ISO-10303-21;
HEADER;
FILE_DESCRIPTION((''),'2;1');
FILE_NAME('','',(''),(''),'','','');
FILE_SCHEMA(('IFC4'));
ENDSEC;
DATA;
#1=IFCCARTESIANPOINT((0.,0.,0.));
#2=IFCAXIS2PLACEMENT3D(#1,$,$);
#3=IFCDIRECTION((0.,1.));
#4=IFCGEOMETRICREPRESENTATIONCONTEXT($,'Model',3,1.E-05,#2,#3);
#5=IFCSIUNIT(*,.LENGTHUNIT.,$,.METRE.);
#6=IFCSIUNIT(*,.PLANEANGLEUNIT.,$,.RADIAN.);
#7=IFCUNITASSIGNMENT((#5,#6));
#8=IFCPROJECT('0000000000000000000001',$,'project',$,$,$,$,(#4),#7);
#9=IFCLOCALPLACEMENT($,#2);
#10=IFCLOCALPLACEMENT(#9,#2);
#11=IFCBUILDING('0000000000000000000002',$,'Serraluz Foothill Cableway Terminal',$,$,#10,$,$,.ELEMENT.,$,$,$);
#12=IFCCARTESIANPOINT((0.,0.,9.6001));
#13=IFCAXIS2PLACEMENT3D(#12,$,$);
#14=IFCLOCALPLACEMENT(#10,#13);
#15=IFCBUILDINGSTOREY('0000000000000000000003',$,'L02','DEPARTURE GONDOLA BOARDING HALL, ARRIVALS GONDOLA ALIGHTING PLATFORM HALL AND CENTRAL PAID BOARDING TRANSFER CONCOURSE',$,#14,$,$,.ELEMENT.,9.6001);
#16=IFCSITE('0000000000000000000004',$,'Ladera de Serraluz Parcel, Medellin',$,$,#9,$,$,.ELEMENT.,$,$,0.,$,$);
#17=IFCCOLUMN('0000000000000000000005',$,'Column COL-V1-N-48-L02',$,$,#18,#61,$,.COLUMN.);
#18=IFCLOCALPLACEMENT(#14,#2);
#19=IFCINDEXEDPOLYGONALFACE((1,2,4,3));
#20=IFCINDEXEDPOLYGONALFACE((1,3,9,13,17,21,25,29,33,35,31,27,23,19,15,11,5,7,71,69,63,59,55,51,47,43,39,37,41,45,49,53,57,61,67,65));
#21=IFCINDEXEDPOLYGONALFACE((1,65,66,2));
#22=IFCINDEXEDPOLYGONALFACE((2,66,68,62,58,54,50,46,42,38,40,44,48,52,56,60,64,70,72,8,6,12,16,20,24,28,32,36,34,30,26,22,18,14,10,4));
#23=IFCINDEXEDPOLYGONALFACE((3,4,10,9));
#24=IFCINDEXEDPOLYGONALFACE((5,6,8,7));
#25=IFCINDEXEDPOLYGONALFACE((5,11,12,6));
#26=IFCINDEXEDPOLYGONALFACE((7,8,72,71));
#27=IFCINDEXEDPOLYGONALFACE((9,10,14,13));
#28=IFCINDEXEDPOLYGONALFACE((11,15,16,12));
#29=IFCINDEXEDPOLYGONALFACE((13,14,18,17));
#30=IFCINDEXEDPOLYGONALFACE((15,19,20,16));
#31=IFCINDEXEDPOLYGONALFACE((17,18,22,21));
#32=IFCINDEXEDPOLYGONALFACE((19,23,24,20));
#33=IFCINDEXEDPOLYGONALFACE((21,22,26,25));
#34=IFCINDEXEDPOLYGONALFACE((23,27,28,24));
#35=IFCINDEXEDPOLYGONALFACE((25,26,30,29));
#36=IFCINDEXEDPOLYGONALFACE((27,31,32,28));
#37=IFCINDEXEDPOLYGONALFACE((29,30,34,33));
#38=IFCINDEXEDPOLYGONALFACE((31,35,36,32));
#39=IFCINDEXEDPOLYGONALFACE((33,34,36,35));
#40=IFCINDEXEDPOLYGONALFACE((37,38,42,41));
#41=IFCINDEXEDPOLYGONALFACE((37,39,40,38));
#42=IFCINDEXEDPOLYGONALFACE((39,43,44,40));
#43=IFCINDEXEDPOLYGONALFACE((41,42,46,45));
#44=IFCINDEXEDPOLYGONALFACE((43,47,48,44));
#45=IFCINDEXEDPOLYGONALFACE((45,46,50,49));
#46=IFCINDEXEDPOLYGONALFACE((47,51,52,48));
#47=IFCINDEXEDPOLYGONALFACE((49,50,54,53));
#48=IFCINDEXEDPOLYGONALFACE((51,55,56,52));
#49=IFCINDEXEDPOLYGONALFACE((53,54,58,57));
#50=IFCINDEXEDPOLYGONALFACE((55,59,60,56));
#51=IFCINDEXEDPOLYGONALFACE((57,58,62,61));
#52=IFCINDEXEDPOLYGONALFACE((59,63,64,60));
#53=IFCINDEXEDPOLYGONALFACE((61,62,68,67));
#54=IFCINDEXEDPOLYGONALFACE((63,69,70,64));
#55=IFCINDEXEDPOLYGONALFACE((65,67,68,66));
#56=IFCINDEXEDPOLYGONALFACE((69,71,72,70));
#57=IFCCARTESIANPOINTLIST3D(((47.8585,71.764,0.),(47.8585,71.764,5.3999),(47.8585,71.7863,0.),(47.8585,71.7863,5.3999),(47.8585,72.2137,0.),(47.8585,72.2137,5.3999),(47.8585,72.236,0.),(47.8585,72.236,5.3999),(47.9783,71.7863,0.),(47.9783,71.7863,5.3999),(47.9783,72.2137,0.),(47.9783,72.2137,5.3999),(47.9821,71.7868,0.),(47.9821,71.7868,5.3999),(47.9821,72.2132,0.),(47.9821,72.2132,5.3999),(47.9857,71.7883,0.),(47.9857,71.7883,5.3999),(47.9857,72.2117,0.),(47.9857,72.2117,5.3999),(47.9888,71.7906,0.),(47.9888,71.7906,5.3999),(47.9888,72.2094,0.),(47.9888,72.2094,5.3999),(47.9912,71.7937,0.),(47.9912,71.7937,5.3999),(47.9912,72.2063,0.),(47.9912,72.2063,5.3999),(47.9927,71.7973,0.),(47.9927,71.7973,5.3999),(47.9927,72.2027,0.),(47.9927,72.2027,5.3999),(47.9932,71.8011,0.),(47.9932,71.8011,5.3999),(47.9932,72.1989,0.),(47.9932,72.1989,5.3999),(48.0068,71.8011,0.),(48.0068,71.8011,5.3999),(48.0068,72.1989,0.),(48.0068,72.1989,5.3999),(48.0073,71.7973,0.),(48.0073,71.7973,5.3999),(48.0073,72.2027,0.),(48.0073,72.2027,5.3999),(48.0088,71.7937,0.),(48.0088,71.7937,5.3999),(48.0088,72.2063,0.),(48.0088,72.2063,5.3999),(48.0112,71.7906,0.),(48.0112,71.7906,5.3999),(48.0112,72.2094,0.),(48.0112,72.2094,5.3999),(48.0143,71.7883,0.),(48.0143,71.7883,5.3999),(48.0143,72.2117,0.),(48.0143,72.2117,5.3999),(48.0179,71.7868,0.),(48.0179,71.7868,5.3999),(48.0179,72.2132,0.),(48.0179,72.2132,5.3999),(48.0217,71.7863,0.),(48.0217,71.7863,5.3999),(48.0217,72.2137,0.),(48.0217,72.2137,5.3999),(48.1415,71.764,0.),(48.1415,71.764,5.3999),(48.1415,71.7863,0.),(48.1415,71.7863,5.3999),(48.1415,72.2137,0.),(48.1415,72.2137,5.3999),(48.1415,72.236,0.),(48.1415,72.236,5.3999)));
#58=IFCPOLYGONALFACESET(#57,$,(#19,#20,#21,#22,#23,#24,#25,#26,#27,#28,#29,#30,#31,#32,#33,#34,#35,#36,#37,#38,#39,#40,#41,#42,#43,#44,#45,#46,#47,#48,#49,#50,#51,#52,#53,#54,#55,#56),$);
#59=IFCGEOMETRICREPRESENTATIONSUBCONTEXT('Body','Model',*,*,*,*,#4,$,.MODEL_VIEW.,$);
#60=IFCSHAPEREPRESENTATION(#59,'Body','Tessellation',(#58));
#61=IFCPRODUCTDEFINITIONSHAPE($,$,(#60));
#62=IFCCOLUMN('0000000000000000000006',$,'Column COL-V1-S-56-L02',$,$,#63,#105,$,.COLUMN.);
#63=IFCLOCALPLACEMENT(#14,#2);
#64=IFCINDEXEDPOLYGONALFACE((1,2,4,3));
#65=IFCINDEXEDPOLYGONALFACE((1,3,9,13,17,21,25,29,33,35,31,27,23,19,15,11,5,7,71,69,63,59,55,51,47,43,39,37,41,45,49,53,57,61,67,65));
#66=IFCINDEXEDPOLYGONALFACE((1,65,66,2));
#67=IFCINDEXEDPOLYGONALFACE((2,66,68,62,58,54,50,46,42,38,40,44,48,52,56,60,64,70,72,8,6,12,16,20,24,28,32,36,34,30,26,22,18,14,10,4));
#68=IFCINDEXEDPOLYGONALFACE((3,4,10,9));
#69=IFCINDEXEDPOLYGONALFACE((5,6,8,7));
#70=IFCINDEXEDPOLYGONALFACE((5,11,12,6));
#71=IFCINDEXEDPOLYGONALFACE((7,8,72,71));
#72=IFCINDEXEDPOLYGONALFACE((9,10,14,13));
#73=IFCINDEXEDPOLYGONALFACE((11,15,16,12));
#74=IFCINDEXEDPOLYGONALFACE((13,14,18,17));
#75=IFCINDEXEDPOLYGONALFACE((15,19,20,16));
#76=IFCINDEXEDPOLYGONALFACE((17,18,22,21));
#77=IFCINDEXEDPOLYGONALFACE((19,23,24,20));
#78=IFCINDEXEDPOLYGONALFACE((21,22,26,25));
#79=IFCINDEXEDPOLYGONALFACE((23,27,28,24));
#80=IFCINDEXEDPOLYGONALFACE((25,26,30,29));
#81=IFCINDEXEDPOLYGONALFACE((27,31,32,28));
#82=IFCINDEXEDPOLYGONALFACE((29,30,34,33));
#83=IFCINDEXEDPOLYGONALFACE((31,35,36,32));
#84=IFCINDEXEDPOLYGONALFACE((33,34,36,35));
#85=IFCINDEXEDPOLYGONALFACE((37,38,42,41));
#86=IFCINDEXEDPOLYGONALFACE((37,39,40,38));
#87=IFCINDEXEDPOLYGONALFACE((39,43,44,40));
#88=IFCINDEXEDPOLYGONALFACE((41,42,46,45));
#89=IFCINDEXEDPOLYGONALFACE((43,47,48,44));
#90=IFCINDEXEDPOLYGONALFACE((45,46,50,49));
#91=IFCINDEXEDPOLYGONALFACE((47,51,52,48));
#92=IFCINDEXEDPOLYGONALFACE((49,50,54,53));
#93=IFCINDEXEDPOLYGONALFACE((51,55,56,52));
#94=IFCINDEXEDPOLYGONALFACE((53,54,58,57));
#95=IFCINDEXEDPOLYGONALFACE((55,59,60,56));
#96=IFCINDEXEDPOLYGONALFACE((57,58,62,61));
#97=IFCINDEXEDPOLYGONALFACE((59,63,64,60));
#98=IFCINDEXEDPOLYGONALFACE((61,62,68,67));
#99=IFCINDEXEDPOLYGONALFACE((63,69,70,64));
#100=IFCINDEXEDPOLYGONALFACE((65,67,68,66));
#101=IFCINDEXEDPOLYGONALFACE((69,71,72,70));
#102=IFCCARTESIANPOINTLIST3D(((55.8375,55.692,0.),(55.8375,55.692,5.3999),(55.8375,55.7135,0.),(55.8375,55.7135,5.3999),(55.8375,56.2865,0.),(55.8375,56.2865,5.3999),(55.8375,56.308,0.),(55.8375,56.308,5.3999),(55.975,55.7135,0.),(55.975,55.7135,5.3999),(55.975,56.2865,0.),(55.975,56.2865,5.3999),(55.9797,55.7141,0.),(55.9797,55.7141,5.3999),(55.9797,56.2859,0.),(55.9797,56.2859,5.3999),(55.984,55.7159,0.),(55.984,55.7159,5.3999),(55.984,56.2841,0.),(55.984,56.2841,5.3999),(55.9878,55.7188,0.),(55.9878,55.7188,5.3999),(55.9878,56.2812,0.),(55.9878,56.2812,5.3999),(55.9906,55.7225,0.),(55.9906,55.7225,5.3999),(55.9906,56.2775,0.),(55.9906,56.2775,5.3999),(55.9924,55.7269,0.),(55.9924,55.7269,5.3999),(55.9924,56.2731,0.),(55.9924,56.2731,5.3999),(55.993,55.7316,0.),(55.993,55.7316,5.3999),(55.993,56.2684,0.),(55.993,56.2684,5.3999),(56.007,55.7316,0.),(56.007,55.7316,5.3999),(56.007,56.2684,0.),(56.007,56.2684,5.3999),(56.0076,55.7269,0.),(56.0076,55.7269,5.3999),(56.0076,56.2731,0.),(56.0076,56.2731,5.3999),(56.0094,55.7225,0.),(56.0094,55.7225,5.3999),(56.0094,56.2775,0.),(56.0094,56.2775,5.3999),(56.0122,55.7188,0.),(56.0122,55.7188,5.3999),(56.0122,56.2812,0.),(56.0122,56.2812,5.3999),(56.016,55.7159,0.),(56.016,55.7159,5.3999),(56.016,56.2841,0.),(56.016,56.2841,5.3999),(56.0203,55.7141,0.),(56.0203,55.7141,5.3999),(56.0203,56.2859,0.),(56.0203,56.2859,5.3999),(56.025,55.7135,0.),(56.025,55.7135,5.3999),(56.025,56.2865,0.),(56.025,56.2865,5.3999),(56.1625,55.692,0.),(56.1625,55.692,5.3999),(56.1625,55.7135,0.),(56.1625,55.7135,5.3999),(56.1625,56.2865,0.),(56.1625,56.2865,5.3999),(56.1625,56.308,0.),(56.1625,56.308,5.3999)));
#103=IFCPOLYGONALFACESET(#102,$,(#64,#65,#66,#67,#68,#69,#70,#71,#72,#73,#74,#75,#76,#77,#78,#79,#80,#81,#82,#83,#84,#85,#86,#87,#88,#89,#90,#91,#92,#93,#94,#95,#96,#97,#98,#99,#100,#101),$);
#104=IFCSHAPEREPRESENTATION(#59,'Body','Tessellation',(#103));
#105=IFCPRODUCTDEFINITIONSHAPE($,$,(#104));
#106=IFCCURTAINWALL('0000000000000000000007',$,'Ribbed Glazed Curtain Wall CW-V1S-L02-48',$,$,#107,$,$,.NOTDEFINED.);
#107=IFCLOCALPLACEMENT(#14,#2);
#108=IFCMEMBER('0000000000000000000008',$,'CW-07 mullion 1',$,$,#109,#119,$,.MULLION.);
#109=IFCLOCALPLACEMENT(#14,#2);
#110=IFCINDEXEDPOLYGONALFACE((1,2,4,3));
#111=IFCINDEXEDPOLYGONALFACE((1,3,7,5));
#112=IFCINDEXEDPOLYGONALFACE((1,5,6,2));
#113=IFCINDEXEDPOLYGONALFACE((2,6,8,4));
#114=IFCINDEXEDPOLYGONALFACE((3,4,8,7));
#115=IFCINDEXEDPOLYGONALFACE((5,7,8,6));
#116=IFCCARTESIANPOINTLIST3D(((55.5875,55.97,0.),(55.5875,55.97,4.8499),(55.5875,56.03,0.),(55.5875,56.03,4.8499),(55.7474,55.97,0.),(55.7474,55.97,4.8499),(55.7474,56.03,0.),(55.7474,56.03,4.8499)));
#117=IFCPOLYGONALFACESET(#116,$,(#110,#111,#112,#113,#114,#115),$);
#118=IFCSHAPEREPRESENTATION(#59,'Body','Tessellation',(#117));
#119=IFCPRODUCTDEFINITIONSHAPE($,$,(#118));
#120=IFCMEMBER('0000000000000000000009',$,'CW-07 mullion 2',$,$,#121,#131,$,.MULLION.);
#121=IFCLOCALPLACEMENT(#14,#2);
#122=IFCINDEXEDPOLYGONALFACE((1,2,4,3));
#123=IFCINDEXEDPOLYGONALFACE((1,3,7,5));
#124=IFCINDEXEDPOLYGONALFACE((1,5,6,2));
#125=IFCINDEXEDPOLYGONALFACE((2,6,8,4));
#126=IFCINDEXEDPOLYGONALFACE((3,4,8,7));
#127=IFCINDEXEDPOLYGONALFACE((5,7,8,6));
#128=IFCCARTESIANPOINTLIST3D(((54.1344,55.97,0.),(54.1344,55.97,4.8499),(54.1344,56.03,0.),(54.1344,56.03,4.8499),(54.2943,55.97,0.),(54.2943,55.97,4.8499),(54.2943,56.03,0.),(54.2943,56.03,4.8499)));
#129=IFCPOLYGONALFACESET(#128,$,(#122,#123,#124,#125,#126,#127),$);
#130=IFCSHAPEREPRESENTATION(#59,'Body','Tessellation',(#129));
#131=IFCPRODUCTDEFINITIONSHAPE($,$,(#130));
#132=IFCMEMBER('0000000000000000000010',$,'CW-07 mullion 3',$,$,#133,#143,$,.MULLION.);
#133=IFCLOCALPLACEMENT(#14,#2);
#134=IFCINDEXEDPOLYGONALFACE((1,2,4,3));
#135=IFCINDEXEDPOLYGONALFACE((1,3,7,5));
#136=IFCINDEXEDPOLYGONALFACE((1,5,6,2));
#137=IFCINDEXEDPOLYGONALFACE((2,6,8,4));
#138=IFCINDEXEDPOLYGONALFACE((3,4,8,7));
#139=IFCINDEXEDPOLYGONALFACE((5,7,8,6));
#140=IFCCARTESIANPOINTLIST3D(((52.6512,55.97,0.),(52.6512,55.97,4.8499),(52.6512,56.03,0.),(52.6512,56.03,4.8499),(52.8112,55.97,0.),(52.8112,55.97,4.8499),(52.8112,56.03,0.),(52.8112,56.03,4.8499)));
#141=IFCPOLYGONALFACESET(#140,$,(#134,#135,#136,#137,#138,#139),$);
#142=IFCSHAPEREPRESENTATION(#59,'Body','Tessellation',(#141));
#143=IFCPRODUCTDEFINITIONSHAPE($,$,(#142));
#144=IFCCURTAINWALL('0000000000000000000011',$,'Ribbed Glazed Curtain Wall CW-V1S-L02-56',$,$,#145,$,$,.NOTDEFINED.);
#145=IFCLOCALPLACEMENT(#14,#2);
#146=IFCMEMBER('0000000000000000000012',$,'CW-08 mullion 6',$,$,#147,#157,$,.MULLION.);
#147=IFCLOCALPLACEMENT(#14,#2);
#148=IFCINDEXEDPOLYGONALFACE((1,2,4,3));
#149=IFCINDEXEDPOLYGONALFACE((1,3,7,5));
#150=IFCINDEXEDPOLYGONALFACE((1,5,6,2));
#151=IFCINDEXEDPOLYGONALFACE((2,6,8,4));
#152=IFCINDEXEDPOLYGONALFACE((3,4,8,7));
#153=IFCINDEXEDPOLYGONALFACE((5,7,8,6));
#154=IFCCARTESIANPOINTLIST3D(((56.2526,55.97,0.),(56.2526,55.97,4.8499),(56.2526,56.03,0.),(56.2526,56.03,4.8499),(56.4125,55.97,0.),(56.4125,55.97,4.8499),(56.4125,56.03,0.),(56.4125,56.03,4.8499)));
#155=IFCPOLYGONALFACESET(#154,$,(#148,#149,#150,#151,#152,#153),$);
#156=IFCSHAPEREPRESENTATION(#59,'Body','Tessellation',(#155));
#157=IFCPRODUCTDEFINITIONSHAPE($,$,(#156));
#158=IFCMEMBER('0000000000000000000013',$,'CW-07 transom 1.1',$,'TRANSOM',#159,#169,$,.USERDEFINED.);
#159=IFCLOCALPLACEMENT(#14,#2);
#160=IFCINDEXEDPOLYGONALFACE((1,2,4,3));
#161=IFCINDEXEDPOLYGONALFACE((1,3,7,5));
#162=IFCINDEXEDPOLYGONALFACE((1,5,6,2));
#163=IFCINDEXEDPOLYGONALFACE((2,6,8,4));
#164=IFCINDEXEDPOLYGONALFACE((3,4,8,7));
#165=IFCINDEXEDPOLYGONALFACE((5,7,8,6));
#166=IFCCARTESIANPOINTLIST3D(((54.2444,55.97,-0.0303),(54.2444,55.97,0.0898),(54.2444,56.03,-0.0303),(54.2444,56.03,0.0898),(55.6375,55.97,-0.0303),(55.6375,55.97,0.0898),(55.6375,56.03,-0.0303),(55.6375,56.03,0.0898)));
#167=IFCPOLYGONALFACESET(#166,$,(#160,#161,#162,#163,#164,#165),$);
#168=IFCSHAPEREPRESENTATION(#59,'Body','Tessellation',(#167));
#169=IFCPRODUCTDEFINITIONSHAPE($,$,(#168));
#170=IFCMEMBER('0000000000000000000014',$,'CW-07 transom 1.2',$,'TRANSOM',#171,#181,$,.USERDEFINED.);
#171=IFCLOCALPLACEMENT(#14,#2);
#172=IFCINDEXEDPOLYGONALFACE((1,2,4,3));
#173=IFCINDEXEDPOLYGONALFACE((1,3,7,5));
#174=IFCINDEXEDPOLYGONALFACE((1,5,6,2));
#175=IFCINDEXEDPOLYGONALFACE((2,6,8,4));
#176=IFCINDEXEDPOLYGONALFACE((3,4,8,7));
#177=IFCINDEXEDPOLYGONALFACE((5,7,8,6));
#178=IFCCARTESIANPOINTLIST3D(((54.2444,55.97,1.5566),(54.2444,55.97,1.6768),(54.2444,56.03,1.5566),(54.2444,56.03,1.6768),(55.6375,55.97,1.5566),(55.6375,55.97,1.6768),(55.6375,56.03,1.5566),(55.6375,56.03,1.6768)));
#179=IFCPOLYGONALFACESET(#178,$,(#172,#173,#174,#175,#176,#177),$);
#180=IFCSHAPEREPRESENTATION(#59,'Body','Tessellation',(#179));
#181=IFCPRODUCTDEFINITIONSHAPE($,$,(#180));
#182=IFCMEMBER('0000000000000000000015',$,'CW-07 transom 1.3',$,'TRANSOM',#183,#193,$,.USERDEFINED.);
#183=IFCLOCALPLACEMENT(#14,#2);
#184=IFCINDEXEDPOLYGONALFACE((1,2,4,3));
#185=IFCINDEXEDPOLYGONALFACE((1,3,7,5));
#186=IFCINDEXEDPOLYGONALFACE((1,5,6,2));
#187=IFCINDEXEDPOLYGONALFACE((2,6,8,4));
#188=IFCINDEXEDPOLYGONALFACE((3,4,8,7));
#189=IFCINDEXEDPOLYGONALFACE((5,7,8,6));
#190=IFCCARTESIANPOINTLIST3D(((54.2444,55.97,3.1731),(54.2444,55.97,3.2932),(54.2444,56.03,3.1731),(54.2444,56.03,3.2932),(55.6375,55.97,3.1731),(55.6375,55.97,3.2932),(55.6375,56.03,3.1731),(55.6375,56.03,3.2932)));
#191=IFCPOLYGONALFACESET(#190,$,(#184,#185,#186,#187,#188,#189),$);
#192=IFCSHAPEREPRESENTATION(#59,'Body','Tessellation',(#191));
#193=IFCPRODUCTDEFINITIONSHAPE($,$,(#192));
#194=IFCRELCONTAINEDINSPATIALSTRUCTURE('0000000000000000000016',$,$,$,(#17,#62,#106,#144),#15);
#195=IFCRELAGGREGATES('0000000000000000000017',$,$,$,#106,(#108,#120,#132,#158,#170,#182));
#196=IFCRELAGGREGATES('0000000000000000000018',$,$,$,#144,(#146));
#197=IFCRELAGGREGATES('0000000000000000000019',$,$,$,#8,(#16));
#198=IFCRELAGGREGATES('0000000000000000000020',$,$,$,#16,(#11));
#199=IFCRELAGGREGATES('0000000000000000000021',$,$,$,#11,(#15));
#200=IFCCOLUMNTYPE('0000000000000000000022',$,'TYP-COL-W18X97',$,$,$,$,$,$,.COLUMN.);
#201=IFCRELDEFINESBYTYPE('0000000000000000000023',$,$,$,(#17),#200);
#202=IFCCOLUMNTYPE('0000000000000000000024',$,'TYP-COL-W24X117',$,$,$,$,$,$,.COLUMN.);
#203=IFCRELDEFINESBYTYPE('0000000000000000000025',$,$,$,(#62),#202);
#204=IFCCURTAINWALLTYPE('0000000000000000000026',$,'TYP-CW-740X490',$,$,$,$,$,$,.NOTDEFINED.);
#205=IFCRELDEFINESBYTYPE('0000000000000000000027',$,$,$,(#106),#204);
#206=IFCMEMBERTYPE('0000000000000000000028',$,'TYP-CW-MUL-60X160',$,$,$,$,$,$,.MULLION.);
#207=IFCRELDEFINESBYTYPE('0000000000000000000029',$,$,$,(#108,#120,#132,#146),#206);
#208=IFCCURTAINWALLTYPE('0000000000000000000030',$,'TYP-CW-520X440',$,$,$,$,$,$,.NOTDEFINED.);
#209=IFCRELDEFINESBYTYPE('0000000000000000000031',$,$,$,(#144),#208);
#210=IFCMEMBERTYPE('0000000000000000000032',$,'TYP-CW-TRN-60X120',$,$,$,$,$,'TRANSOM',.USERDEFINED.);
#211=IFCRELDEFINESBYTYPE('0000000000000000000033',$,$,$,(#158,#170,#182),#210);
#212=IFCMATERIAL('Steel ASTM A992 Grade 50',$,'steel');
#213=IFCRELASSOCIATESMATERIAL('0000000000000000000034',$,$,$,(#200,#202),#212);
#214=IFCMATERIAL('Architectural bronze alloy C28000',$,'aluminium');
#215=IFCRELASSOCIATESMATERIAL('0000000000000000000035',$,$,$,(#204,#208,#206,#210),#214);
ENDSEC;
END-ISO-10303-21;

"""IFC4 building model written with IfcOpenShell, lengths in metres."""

from ifc_helpers import new_model, si_unit, direction, frame, origin, origin_2d, place, context, subcontext, project, spatial, rectangle, i_section, extrude, material, material_profile, profile_set, type_object, element, aggregate, save


model = new_model("IFC4")

# Units and contexts
model_context = context("Model", 3, precision=1e-05, world=origin(), true_north=direction((0.0, 1.0)))
body_context = subcontext(model_context, "Body", "Model", "MODEL_VIEW")
ifc_project = project(units=[si_unit("LENGTHUNIT", "METRE"), si_unit("PLANEANGLEUNIT", "RADIAN")], contexts=[model_context])

# Site, building, storey
site_placement = place(None, origin())
site = spatial("IfcSite", under=ifc_project, at=site_placement, Name="Ladera de Serraluz Parcel, Medellin", CompositionType="ELEMENT", RefElevation=0.0)
building_placement = place(site_placement, origin())
building = spatial("IfcBuilding", under=site, at=building_placement, Name="Serraluz Foothill Cableway Terminal", CompositionType="ELEMENT")
storey_placement = place(building_placement, frame((0.0, 0.0, 9.6001)))
storey = spatial("IfcBuildingStorey", under=building, at=storey_placement, Name="L02", Description="DEPARTURE GONDOLA BOARDING HALL, ARRIVALS GONDOLA ALIGHTING PLATFORM HALL AND CENTRAL PAID BOARDING TRANSFER CONCOURSE", CompositionType="ELEMENT", Elevation=9.6001)

# Columns
ifc_material_1 = material(Name="Steel ASTM A992 Grade 50", Category="steel")
ifc_material_profile_1 = material_profile(ifc_material_1, i_section(OverallWidth=0.283, OverallDepth=0.4719, WebThickness=0.0137, FlangeThickness=0.0222, FilletRadius=0.0149, at=origin_2d()), Name="W18X97")
ifc_profile_set_1 = profile_set([ifc_material_profile_1], Name="Steel ASTM A992 Grade 50")
column_type_1 = type_object("IfcColumnType", Name="TYP-COL-W18X97", PredefinedType="COLUMN", material=ifc_profile_set_1)
column_1_placement = place(storey_placement, frame((48.0, 72.0, 0.0), z_axis=(0.0, 0.0, 1.0), x_axis=(1.0, 0.0, 0.0)))
element("IfcColumn", 1, at=column_1_placement, inside=storey, type_object=column_type_1, Name="Column COL-V1-N-48-L02", PredefinedType="COLUMN", context=body_context, shape_type="SweptSolid", body=[
    extrude(i_section(OverallWidth=0.283, OverallDepth=0.4719, WebThickness=0.0137, FlangeThickness=0.0222, FilletRadius=0.0149, at=origin_2d()), origin(), (0.0, 0.0, 1.0), 5.3999),
])
ifc_material_profile_2 = material_profile(ifc_material_1, i_section(OverallWidth=0.325, OverallDepth=0.616, WebThickness=0.0139, FlangeThickness=0.0215, FilletRadius=0.0181, at=origin_2d()), Name="W24X117")
ifc_profile_set_2 = profile_set([ifc_material_profile_2], Name="Steel ASTM A992 Grade 50")
column_type_2 = type_object("IfcColumnType", Name="TYP-COL-W24X117", PredefinedType="COLUMN", material=ifc_profile_set_2)
column_2_placement = place(storey_placement, frame((56.0, 56.0, 0.0), z_axis=(0.0, 0.0, 1.0), x_axis=(1.0, 0.0, 0.0)))
element("IfcColumn", 2, at=column_2_placement, inside=storey, type_object=column_type_2, Name="Column COL-V1-S-56-L02", PredefinedType="COLUMN", context=body_context, shape_type="SweptSolid", body=[
    extrude(i_section(OverallWidth=0.325, OverallDepth=0.616, WebThickness=0.0139, FlangeThickness=0.0215, FilletRadius=0.0181, at=origin_2d()), origin(), (0.0, 0.0, 1.0), 5.3999),
])

# Curtain wall, members
ifc_material_2 = material(Name="Architectural bronze alloy C28000", Category="aluminium")
curtain_wall_type_1 = type_object("IfcCurtainWallType", Name="TYP-CW-740X490", PredefinedType="NOTDEFINED", material=ifc_material_2)
curtain_wall_1_placement = place(storey_placement, origin())
curtain_wall_1 = element("IfcCurtainWall", 3, at=curtain_wall_1_placement, inside=storey, type_object=curtain_wall_type_1, Name="Ribbed Glazed Curtain Wall CW-V1S-L02-48", PredefinedType="NOTDEFINED")
ifc_material_profile_3 = material_profile(ifc_material_2, rectangle(XDim=0.0601, YDim=0.1599, at=origin_2d()), Name="ALU MULLION 60x160")
ifc_profile_set_3 = profile_set([ifc_material_profile_3], Name="Architectural bronze alloy C28000")
member_type_1 = type_object("IfcMemberType", Name="TYP-CW-MUL-60X160", PredefinedType="MULLION", material=ifc_profile_set_3)
member_1_placement = place(storey_placement, frame((55.6675, 56.0, 0.0), z_axis=(0.0, 0.0, 1.0), x_axis=(0.0, -1.0, 0.0)))
member_1 = element("IfcMember", 4, at=member_1_placement, type_object=member_type_1, Name="CW-07 mullion 1", PredefinedType="MULLION", context=body_context, shape_type="SweptSolid", body=[
    extrude(rectangle(XDim=0.0601, YDim=0.1599, at=origin_2d()), origin(), (0.0, 0.0, 1.0), 4.8499),
])
member_2_placement = place(storey_placement, frame((54.2144, 56.0, 0.0), z_axis=(0.0, 0.0, 1.0), x_axis=(0.0, -1.0, 0.0)))
member_2 = element("IfcMember", 5, at=member_2_placement, type_object=member_type_1, Name="CW-07 mullion 2", PredefinedType="MULLION", context=body_context, shape_type="SweptSolid", body=[
    extrude(rectangle(XDim=0.0601, YDim=0.1599, at=origin_2d()), origin(), (0.0, 0.0, 1.0), 4.8499),
])
member_3_placement = place(storey_placement, frame((52.7312, 56.0, 0.0), z_axis=(0.0, 0.0, 1.0), x_axis=(0.0, -1.0, 0.0)))
member_3 = element("IfcMember", 6, at=member_3_placement, type_object=member_type_1, Name="CW-07 mullion 3", PredefinedType="MULLION", context=body_context, shape_type="SweptSolid", body=[
    extrude(rectangle(XDim=0.0601, YDim=0.1599, at=origin_2d()), origin(), (0.0, 0.0, 1.0), 4.8499),
])

# Curtain wall, member
curtain_wall_type_2 = type_object("IfcCurtainWallType", Name="TYP-CW-520X440", PredefinedType="NOTDEFINED", material=ifc_material_2)
curtain_wall_2_placement = place(storey_placement, origin())
curtain_wall_2 = element("IfcCurtainWall", 7, at=curtain_wall_2_placement, inside=storey, type_object=curtain_wall_type_2, Name="Ribbed Glazed Curtain Wall CW-V1S-L02-56", PredefinedType="NOTDEFINED")
member_4_placement = place(storey_placement, frame((56.3325, 56.0, 0.0), z_axis=(0.0, 0.0, 1.0), x_axis=(0.0, -1.0, 0.0)))
member_4 = element("IfcMember", 8, at=member_4_placement, type_object=member_type_1, Name="CW-08 mullion 6", PredefinedType="MULLION", context=body_context, shape_type="SweptSolid", body=[
    extrude(rectangle(XDim=0.0601, YDim=0.1599, at=origin_2d()), origin(), (0.0, 0.0, 1.0), 4.8499),
])

# Members
ifc_material_profile_4 = material_profile(ifc_material_2, rectangle(XDim=0.0601, YDim=0.1201, at=origin_2d()), Name="ALU TRANSOM 60x120")
ifc_profile_set_4 = profile_set([ifc_material_profile_4], Name="Architectural bronze alloy C28000")
member_type_2 = type_object("IfcMemberType", Name="TYP-CW-TRN-60X120", ElementType="TRANSOM", PredefinedType="USERDEFINED", material=ifc_profile_set_4)
member_5_placement = place(storey_placement, frame((55.6375, 56.0, 0.0298), z_axis=(-1.0, 0.0, 0.0), x_axis=(0.0, -1.0, 0.0)))
member_5 = element("IfcMember", 9, at=member_5_placement, type_object=member_type_2, Name="CW-07 transom 1.1", ObjectType="TRANSOM", PredefinedType="USERDEFINED", context=body_context, shape_type="SweptSolid", body=[
    extrude(rectangle(XDim=0.0601, YDim=0.1201, at=origin_2d()), origin(), (0.0, 0.0, 1.0), 1.3931),
])
member_6_placement = place(storey_placement, frame((55.6375, 56.0, 1.6167), z_axis=(-1.0, 0.0, 0.0), x_axis=(0.0, -1.0, 0.0)))
member_6 = element("IfcMember", 10, at=member_6_placement, type_object=member_type_2, Name="CW-07 transom 1.2", ObjectType="TRANSOM", PredefinedType="USERDEFINED", context=body_context, shape_type="SweptSolid", body=[
    extrude(rectangle(XDim=0.0601, YDim=0.1201, at=origin_2d()), origin(), (0.0, 0.0, 1.0), 1.3931),
])
member_7_placement = place(storey_placement, frame((55.6375, 56.0, 3.2332), z_axis=(-1.0, 0.0, 0.0), x_axis=(0.0, -1.0, 0.0)))
member_7 = element("IfcMember", 11, at=member_7_placement, type_object=member_type_2, Name="CW-07 transom 1.3", ObjectType="TRANSOM", PredefinedType="USERDEFINED", context=body_context, shape_type="SweptSolid", body=[
    extrude(rectangle(XDim=0.0601, YDim=0.1201, at=origin_2d()), origin(), (0.0, 0.0, 1.0), 1.3931),
])

aggregate(curtain_wall_1, [member_1, member_2, member_3, member_5, member_6, member_7])
aggregate(curtain_wall_2, [member_4])

save(model, "model.ifc")
